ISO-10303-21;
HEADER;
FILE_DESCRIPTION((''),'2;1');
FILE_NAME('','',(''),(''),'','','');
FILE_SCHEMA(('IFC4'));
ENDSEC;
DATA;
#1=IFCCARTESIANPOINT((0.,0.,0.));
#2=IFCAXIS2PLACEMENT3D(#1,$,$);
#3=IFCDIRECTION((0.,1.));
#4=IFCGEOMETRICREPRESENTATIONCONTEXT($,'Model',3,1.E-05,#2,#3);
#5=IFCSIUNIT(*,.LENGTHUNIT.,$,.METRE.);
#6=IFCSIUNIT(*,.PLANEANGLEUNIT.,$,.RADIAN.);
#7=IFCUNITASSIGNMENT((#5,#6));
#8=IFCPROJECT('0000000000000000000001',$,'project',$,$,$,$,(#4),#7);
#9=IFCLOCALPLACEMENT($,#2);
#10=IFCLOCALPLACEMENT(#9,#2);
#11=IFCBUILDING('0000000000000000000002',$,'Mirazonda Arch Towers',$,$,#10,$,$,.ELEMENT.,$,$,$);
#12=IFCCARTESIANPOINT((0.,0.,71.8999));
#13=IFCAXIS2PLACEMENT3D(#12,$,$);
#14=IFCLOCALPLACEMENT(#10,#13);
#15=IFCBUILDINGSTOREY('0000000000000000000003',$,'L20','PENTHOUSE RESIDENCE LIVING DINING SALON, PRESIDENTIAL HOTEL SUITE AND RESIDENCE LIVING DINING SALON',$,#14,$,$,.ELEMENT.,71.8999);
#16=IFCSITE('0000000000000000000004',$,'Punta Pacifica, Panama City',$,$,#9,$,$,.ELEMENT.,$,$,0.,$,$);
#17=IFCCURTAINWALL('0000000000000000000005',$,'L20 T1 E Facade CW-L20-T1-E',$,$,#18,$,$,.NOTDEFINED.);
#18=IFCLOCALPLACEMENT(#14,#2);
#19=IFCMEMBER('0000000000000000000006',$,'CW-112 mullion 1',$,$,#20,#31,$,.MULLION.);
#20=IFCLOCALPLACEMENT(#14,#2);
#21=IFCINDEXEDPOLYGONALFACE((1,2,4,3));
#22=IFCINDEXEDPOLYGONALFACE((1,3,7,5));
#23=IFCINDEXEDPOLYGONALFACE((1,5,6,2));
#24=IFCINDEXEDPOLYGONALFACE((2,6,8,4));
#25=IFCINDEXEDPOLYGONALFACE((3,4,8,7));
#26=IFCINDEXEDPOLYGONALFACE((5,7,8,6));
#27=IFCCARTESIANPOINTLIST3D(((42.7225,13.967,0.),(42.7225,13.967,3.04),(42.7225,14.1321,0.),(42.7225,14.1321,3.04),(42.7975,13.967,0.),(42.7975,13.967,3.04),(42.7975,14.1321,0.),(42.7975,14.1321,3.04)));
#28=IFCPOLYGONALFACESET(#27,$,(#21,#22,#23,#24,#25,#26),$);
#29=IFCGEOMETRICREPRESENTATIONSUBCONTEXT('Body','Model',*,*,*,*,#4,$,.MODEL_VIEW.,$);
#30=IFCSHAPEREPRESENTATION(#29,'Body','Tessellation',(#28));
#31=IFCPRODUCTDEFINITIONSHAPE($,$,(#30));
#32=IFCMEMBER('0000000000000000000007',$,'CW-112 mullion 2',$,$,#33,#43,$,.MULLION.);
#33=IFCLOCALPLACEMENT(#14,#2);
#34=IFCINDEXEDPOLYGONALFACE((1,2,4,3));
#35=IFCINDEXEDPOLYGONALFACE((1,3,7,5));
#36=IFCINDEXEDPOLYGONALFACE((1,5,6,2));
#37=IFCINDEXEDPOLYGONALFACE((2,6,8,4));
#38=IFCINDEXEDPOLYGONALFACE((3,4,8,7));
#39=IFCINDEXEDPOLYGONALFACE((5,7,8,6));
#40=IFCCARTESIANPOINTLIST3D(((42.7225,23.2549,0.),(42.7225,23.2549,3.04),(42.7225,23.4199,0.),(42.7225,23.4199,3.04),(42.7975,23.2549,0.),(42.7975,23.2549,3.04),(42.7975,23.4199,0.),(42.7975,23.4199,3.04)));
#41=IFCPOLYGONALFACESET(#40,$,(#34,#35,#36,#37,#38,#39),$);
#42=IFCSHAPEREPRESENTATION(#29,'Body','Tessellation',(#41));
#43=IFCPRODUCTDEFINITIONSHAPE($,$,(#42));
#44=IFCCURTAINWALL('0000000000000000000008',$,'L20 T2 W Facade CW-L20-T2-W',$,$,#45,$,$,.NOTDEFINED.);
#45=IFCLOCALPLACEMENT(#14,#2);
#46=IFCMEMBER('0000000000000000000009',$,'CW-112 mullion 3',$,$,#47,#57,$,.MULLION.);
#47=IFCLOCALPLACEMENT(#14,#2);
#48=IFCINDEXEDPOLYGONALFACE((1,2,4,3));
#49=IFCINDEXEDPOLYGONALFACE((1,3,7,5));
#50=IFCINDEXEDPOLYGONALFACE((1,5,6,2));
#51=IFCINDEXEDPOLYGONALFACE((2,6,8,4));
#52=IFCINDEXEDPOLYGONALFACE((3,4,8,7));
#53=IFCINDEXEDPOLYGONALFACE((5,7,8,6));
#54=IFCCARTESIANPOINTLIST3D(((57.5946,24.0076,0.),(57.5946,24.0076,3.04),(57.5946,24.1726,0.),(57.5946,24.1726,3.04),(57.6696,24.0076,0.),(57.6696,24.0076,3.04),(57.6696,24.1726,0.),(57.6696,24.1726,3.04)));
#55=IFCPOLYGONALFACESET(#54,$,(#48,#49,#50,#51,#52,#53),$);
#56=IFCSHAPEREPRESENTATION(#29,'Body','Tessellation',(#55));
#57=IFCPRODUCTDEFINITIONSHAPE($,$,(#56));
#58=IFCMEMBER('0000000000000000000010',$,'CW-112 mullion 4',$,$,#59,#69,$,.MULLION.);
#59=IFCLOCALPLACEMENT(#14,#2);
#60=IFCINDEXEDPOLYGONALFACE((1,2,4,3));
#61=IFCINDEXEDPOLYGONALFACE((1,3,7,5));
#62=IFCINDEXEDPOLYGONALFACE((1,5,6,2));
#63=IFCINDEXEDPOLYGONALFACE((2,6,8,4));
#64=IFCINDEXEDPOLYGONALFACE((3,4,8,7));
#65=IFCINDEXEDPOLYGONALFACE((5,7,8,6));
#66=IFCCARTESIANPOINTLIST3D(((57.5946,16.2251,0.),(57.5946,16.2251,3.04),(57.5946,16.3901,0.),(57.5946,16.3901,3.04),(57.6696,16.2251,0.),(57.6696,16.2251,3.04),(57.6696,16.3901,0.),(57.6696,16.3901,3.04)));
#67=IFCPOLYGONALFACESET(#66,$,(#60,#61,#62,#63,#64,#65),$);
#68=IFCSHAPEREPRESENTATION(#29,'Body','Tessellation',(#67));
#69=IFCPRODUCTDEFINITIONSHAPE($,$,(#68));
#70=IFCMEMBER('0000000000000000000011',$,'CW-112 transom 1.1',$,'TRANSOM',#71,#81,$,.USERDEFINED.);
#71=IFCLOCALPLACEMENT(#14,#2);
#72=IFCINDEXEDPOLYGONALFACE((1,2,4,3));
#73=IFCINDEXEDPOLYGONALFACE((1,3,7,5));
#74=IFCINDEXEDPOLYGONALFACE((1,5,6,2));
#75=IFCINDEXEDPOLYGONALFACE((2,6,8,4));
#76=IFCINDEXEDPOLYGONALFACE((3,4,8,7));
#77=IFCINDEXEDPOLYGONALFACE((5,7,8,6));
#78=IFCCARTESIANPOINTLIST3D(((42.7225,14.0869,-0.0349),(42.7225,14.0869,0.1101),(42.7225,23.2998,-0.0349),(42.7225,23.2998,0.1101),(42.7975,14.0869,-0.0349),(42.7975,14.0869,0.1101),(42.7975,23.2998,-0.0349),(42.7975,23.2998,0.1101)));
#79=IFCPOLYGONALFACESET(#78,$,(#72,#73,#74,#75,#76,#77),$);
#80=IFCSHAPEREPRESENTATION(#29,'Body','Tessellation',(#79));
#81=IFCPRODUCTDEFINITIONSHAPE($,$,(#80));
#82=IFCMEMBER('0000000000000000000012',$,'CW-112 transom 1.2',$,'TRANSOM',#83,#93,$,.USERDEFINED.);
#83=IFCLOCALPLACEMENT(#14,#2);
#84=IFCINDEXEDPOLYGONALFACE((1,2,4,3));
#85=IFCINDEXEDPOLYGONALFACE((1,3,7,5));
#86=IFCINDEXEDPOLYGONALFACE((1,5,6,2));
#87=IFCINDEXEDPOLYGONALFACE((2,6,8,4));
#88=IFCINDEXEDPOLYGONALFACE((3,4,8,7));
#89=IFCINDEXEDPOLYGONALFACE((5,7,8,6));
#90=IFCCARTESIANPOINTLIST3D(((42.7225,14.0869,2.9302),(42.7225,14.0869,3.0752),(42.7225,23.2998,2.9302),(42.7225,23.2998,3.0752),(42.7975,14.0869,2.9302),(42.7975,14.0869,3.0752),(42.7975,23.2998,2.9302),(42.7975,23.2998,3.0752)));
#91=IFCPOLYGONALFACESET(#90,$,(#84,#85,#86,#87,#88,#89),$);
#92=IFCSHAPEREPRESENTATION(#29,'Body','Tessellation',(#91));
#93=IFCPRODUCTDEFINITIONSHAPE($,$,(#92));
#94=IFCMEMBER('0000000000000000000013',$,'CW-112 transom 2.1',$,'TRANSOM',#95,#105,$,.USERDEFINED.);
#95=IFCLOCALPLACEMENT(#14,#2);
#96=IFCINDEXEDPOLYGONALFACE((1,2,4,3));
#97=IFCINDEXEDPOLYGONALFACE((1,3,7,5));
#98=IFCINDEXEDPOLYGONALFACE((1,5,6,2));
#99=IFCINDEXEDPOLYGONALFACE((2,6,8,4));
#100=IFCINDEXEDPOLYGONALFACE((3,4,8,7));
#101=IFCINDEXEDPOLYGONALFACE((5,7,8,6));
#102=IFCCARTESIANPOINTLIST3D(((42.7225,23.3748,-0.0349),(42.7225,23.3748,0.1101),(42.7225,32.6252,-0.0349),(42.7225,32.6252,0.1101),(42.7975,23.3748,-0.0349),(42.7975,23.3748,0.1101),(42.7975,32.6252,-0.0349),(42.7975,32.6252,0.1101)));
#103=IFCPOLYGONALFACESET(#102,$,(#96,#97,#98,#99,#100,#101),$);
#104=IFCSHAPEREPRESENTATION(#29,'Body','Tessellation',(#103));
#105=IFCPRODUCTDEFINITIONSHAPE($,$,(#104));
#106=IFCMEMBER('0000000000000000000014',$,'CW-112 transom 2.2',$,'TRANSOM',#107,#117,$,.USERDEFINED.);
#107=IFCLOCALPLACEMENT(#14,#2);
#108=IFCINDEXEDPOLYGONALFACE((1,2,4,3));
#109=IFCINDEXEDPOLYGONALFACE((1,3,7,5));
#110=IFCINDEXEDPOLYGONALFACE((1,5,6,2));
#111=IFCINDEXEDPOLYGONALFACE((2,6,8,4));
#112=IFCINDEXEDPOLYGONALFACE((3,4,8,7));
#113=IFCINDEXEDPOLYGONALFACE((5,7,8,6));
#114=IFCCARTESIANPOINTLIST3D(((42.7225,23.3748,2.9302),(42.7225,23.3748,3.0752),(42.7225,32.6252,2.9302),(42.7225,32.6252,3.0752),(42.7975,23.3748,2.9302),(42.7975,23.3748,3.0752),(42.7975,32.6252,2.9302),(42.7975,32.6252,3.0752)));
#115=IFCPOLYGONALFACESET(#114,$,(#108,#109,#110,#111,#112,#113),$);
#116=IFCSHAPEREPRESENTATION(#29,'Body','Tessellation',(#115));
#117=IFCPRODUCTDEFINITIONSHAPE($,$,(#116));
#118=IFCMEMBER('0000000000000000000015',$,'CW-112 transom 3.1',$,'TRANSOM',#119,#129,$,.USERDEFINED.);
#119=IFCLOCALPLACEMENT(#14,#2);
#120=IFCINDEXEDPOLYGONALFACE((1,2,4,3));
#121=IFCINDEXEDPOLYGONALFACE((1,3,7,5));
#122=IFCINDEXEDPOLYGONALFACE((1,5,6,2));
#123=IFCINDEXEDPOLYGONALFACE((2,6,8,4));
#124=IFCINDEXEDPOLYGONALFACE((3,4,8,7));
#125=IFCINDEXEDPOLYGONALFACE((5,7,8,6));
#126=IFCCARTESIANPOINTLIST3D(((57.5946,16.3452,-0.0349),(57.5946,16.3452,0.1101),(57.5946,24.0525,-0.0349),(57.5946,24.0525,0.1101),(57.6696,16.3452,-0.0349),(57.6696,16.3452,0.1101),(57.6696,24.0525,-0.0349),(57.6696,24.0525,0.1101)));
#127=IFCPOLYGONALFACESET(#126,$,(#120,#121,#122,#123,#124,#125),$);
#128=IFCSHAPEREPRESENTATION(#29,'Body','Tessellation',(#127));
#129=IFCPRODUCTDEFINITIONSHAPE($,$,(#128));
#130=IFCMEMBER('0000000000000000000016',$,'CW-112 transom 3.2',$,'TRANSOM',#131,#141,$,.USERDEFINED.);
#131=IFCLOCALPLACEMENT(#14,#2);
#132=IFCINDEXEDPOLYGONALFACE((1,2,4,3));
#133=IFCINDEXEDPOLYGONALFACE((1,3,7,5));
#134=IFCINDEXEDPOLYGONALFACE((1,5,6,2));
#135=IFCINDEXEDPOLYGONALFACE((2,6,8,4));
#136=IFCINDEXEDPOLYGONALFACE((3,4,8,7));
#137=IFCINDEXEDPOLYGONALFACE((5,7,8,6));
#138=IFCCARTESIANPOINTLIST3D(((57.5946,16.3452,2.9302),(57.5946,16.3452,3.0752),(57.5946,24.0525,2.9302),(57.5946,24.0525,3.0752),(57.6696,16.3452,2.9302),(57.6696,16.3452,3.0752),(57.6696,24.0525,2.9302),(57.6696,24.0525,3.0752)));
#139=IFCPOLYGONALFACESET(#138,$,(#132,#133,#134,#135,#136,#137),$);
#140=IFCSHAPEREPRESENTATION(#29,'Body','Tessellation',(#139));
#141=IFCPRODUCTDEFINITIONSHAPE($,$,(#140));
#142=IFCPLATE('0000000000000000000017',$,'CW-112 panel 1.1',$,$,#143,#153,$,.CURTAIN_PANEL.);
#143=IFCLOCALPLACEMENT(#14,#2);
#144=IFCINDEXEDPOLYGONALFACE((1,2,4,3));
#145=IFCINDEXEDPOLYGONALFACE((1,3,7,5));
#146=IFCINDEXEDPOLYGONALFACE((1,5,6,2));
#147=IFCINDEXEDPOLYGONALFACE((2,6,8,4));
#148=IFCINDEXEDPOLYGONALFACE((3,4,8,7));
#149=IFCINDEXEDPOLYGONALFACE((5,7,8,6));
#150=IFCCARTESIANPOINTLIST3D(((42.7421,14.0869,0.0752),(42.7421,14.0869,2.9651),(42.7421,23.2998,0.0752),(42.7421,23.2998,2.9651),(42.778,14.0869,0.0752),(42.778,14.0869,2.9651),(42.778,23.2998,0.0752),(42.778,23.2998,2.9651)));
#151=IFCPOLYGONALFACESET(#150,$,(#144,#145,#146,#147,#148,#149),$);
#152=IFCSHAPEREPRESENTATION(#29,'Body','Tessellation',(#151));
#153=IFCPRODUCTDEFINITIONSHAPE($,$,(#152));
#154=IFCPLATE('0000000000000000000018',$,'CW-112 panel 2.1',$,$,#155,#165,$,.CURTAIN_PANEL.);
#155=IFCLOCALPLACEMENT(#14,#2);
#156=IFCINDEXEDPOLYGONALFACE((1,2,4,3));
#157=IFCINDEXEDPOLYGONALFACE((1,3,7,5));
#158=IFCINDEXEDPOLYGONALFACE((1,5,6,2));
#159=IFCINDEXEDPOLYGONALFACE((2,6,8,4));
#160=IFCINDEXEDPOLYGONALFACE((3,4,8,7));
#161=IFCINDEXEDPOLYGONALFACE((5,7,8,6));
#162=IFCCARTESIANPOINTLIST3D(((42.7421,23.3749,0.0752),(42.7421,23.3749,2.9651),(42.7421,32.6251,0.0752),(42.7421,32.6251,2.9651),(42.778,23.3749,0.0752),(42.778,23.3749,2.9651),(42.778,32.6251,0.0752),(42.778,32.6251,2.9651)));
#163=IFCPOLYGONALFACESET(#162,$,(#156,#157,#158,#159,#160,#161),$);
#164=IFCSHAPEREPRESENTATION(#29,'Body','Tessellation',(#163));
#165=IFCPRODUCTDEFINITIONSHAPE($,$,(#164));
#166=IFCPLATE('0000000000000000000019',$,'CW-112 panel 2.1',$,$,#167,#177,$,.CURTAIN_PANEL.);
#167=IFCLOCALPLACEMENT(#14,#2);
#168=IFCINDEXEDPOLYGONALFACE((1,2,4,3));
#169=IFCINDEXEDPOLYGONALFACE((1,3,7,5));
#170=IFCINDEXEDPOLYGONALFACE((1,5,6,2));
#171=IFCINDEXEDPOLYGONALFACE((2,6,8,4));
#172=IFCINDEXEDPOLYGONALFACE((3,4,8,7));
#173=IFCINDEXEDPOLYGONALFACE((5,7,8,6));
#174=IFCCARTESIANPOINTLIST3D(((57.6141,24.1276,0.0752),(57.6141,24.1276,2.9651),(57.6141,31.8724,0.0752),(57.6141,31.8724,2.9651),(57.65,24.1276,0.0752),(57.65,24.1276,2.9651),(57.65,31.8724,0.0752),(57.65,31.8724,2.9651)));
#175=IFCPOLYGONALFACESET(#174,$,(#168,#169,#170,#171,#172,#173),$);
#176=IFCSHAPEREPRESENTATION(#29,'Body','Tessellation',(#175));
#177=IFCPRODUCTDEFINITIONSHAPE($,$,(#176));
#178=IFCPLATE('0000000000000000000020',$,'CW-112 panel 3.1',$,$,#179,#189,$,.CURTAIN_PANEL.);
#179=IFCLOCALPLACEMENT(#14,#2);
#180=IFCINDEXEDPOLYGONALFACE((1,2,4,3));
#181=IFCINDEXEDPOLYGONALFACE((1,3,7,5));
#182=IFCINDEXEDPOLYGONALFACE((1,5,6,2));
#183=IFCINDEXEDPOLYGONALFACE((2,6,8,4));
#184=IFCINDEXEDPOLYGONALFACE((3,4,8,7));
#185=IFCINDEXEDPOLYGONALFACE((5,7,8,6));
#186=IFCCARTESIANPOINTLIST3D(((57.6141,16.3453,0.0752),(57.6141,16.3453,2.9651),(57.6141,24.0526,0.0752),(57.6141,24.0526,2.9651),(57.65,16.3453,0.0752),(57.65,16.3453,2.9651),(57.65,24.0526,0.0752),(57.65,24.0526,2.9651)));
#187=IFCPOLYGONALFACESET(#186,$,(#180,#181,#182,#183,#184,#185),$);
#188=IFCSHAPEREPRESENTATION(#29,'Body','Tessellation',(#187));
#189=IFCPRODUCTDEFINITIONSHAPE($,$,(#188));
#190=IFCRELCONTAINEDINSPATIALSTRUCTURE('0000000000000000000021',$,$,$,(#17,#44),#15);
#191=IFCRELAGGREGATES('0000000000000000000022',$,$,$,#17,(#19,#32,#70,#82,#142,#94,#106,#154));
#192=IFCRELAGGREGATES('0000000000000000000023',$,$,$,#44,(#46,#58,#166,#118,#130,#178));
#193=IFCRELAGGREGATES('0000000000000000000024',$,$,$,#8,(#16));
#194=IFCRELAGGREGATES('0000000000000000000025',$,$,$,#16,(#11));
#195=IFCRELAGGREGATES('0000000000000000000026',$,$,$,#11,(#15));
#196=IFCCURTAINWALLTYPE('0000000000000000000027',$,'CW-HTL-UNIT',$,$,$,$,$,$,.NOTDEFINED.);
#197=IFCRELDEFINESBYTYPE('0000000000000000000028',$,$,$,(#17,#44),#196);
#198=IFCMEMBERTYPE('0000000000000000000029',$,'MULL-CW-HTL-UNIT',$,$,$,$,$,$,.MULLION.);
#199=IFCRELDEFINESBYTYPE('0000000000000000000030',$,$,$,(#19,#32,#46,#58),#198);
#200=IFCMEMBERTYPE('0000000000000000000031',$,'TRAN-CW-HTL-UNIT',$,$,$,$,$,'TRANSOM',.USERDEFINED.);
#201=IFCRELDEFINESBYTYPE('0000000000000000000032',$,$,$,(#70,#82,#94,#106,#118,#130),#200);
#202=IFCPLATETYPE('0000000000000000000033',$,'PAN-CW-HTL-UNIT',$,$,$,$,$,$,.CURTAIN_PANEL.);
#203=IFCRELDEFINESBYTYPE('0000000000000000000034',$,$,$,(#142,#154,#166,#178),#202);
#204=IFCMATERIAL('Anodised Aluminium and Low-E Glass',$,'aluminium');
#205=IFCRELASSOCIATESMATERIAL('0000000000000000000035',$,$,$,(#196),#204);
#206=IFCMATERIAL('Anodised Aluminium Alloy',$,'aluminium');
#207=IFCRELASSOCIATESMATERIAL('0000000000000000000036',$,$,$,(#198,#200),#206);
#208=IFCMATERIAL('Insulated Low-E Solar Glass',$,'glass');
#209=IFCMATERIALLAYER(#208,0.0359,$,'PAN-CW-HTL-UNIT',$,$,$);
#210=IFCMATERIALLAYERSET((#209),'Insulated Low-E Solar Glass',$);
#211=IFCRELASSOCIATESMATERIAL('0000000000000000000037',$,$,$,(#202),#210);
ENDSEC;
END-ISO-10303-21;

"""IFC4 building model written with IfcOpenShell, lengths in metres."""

from ifc_helpers import new_model, si_unit, direction, frame, origin, origin_2d, place, context, subcontext, project, spatial, rectangle, extrude, material, layer, layer_set, material_profile, profile_set, type_object, element, aggregate, save


model = new_model("IFC4")

# Units and contexts
model_context = context("Model", 3, precision=1e-05, world=origin(), true_north=direction((0.0, 1.0)))
body_context = subcontext(model_context, "Body", "Model", "MODEL_VIEW")
ifc_project = project(units=[si_unit("LENGTHUNIT", "METRE"), si_unit("PLANEANGLEUNIT", "RADIAN")], contexts=[model_context])

# Site, building, storey
site_placement = place(None, origin())
site = spatial("IfcSite", under=ifc_project, at=site_placement, Name="Punta Pacifica, Panama City", CompositionType="ELEMENT", RefElevation=0.0)
building_placement = place(site_placement, origin())
building = spatial("IfcBuilding", under=site, at=building_placement, Name="Mirazonda Arch Towers", CompositionType="ELEMENT")
storey_placement = place(building_placement, frame((0.0, 0.0, 71.8999)))
storey = spatial("IfcBuildingStorey", under=building, at=storey_placement, Name="L20", Description="PENTHOUSE RESIDENCE LIVING DINING SALON, PRESIDENTIAL HOTEL SUITE AND RESIDENCE LIVING DINING SALON", CompositionType="ELEMENT", Elevation=71.8999)

# Curtain walls, members
ifc_material_1 = material(Name="Anodised Aluminium and Low-E Glass", Category="aluminium")
curtain_wall_type = type_object("IfcCurtainWallType", Name="CW-HTL-UNIT", PredefinedType="NOTDEFINED", material=ifc_material_1)
curtain_wall_1_placement = place(storey_placement, origin())
curtain_wall_1 = element("IfcCurtainWall", 1, at=curtain_wall_1_placement, inside=storey, type_object=curtain_wall_type, Name="L20 T1 E Facade CW-L20-T1-E", PredefinedType="NOTDEFINED")
ifc_material_2 = material(Name="Anodised Aluminium Alloy", Category="aluminium")
ifc_material_profile_1 = material_profile(ifc_material_2, rectangle(XDim=0.075, YDim=0.165, at=origin_2d()), Name="ALU-MULL-75x165")
ifc_profile_set_1 = profile_set([ifc_material_profile_1], Name="Anodised Aluminium Alloy")
member_type_1 = type_object("IfcMemberType", Name="MULL-CW-HTL-UNIT", PredefinedType="MULLION", material=ifc_profile_set_1)
member_1_placement = place(storey_placement, frame((42.76, 14.0496, 0.0), z_axis=(0.0, 0.0, 1.0), x_axis=(-1.0, 0.0, 0.0)))
member_1 = element("IfcMember", 2, at=member_1_placement, type_object=member_type_1, Name="CW-112 mullion 1", PredefinedType="MULLION", context=body_context, shape_type="SweptSolid", body=[
    extrude(rectangle(XDim=0.075, YDim=0.165, at=origin_2d()), origin(), (0.0, 0.0, 1.0), 3.04),
])
member_2_placement = place(storey_placement, frame((42.76, 23.3374, 0.0), z_axis=(0.0, 0.0, 1.0), x_axis=(-1.0, 0.0, 0.0)))
member_2 = element("IfcMember", 3, at=member_2_placement, type_object=member_type_1, Name="CW-112 mullion 2", PredefinedType="MULLION", context=body_context, shape_type="SweptSolid", body=[
    extrude(rectangle(XDim=0.075, YDim=0.165, at=origin_2d()), origin(), (0.0, 0.0, 1.0), 3.04),
])
curtain_wall_2_placement = place(storey_placement, origin())
curtain_wall_2 = element("IfcCurtainWall", 4, at=curtain_wall_2_placement, inside=storey, type_object=curtain_wall_type, Name="L20 T2 W Facade CW-L20-T2-W", PredefinedType="NOTDEFINED")
member_3_placement = place(storey_placement, frame((57.6321, 24.0901, 0.0), z_axis=(0.0, 0.0, 1.0), x_axis=(1.0, 0.0, 0.0)))
member_3 = element("IfcMember", 5, at=member_3_placement, type_object=member_type_1, Name="CW-112 mullion 3", PredefinedType="MULLION", context=body_context, shape_type="SweptSolid", body=[
    extrude(rectangle(XDim=0.075, YDim=0.165, at=origin_2d()), origin(), (0.0, 0.0, 1.0), 3.04),
])
member_4_placement = place(storey_placement, frame((57.6321, 16.3076, 0.0), z_axis=(0.0, 0.0, 1.0), x_axis=(1.0, 0.0, 0.0)))
member_4 = element("IfcMember", 6, at=member_4_placement, type_object=member_type_1, Name="CW-112 mullion 4", PredefinedType="MULLION", context=body_context, shape_type="SweptSolid", body=[
    extrude(rectangle(XDim=0.075, YDim=0.165, at=origin_2d()), origin(), (0.0, 0.0, 1.0), 3.04),
])

# Members
ifc_material_profile_2 = material_profile(ifc_material_2, rectangle(XDim=0.075, YDim=0.145, at=origin_2d()), Name="ALU-TRAN-75x145")
ifc_profile_set_2 = profile_set([ifc_material_profile_2], Name="Anodised Aluminium Alloy")
member_type_2 = type_object("IfcMemberType", Name="TRAN-CW-HTL-UNIT", ElementType="TRANSOM", PredefinedType="USERDEFINED", material=ifc_profile_set_2)
member_5_placement = place(storey_placement, frame((42.76, 14.0869, 0.0376), z_axis=(0.0, 1.0, 0.0), x_axis=(-1.0, 0.0, 0.0)))
member_5 = element("IfcMember", 7, at=member_5_placement, type_object=member_type_2, Name="CW-112 transom 1.1", ObjectType="TRANSOM", PredefinedType="USERDEFINED", context=body_context, shape_type="SweptSolid", body=[
    extrude(rectangle(XDim=0.075, YDim=0.145, at=origin_2d()), origin(), (0.0, 0.0, 1.0), 9.2129),
])
member_6_placement = place(storey_placement, frame((42.76, 14.0869, 3.0027), z_axis=(0.0, 1.0, 0.0), x_axis=(-1.0, 0.0, 0.0)))
member_6 = element("IfcMember", 8, at=member_6_placement, type_object=member_type_2, Name="CW-112 transom 1.2", ObjectType="TRANSOM", PredefinedType="USERDEFINED", context=body_context, shape_type="SweptSolid", body=[
    extrude(rectangle(XDim=0.075, YDim=0.145, at=origin_2d()), origin(), (0.0, 0.0, 1.0), 9.2129),
])
member_7_placement = place(storey_placement, frame((42.76, 23.3748, 0.0376), z_axis=(0.0, 1.0, 0.0), x_axis=(-1.0, 0.0, 0.0)))
member_7 = element("IfcMember", 9, at=member_7_placement, type_object=member_type_2, Name="CW-112 transom 2.1", ObjectType="TRANSOM", PredefinedType="USERDEFINED", context=body_context, shape_type="SweptSolid", body=[
    extrude(rectangle(XDim=0.075, YDim=0.145, at=origin_2d()), origin(), (0.0, 0.0, 1.0), 9.2505),
])
member_8_placement = place(storey_placement, frame((42.76, 23.3748, 3.0027), z_axis=(0.0, 1.0, 0.0), x_axis=(-1.0, 0.0, 0.0)))
member_8 = element("IfcMember", 10, at=member_8_placement, type_object=member_type_2, Name="CW-112 transom 2.2", ObjectType="TRANSOM", PredefinedType="USERDEFINED", context=body_context, shape_type="SweptSolid", body=[
    extrude(rectangle(XDim=0.075, YDim=0.145, at=origin_2d()), origin(), (0.0, 0.0, 1.0), 9.2505),
])
member_9_placement = place(storey_placement, frame((57.6321, 24.0525, 0.0376), z_axis=(0.0, -1.0, 0.0), x_axis=(1.0, 0.0, 0.0)))
member_9 = element("IfcMember", 11, at=member_9_placement, type_object=member_type_2, Name="CW-112 transom 3.1", ObjectType="TRANSOM", PredefinedType="USERDEFINED", context=body_context, shape_type="SweptSolid", body=[
    extrude(rectangle(XDim=0.075, YDim=0.145, at=origin_2d()), origin(), (0.0, 0.0, 1.0), 7.7073),
])
member_10_placement = place(storey_placement, frame((57.6321, 24.0525, 3.0027), z_axis=(0.0, -1.0, 0.0), x_axis=(1.0, 0.0, 0.0)))
member_10 = element("IfcMember", 12, at=member_10_placement, type_object=member_type_2, Name="CW-112 transom 3.2", ObjectType="TRANSOM", PredefinedType="USERDEFINED", context=body_context, shape_type="SweptSolid", body=[
    extrude(rectangle(XDim=0.075, YDim=0.145, at=origin_2d()), origin(), (0.0, 0.0, 1.0), 7.7073),
])

# Plates
ifc_material_3 = material(Name="Insulated Low-E Solar Glass", Category="glass")
ifc_layer_1 = layer(ifc_material_3, 0.0359, Name="PAN-CW-HTL-UNIT")
ifc_layer_set_1 = layer_set([ifc_layer_1], Name="Insulated Low-E Solar Glass")
plate_type = type_object("IfcPlateType", Name="PAN-CW-HTL-UNIT", PredefinedType="CURTAIN_PANEL", material=ifc_layer_set_1)
plate_1_placement = place(storey_placement, frame((42.76, 18.6934, 0.0752), z_axis=(0.0, 0.0, 1.0), x_axis=(0.0, 1.0, 0.0)))
plate_1 = element("IfcPlate", 13, at=plate_1_placement, type_object=plate_type, Name="CW-112 panel 1.1", PredefinedType="CURTAIN_PANEL", context=body_context, shape_type="SweptSolid", body=[
    extrude(rectangle(XDim=9.2129, YDim=0.0359, at=origin_2d()), origin(), (0.0, 0.0, 1.0), 2.8899),
])
plate_2_placement = place(storey_placement, frame((42.76, 28.0, 0.0752), z_axis=(0.0, 0.0, 1.0), x_axis=(0.0, 1.0, 0.0)))
plate_2 = element("IfcPlate", 14, at=plate_2_placement, type_object=plate_type, Name="CW-112 panel 2.1", PredefinedType="CURTAIN_PANEL", context=body_context, shape_type="SweptSolid", body=[
    extrude(rectangle(XDim=9.2502, YDim=0.0359, at=origin_2d()), origin(), (0.0, 0.0, 1.0), 2.8899),
])
aggregate(curtain_wall_1, [member_1, member_2, member_5, member_6, plate_1, member_7, member_8, plate_2])
plate_3_placement = place(storey_placement, frame((57.6321, 28.0, 0.0752), z_axis=(0.0, 0.0, 1.0), x_axis=(0.0, -1.0, 0.0)))
plate_3 = element("IfcPlate", 15, at=plate_3_placement, type_object=plate_type, Name="CW-112 panel 2.1", PredefinedType="CURTAIN_PANEL", context=body_context, shape_type="SweptSolid", body=[
    extrude(rectangle(XDim=7.7449, YDim=0.0359, at=origin_2d()), origin(), (0.0, 0.0, 1.0), 2.8899),
])
plate_4_placement = place(storey_placement, frame((57.6321, 20.199, 0.0752), z_axis=(0.0, 0.0, 1.0), x_axis=(0.0, -1.0, 0.0)))
plate_4 = element("IfcPlate", 16, at=plate_4_placement, type_object=plate_type, Name="CW-112 panel 3.1", PredefinedType="CURTAIN_PANEL", context=body_context, shape_type="SweptSolid", body=[
    extrude(rectangle(XDim=7.7073, YDim=0.0359, at=origin_2d()), origin(), (0.0, 0.0, 1.0), 2.8899),
])
aggregate(curtain_wall_2, [member_3, member_4, plate_3, member_9, member_10, plate_4])

save(model, "model.ifc")
